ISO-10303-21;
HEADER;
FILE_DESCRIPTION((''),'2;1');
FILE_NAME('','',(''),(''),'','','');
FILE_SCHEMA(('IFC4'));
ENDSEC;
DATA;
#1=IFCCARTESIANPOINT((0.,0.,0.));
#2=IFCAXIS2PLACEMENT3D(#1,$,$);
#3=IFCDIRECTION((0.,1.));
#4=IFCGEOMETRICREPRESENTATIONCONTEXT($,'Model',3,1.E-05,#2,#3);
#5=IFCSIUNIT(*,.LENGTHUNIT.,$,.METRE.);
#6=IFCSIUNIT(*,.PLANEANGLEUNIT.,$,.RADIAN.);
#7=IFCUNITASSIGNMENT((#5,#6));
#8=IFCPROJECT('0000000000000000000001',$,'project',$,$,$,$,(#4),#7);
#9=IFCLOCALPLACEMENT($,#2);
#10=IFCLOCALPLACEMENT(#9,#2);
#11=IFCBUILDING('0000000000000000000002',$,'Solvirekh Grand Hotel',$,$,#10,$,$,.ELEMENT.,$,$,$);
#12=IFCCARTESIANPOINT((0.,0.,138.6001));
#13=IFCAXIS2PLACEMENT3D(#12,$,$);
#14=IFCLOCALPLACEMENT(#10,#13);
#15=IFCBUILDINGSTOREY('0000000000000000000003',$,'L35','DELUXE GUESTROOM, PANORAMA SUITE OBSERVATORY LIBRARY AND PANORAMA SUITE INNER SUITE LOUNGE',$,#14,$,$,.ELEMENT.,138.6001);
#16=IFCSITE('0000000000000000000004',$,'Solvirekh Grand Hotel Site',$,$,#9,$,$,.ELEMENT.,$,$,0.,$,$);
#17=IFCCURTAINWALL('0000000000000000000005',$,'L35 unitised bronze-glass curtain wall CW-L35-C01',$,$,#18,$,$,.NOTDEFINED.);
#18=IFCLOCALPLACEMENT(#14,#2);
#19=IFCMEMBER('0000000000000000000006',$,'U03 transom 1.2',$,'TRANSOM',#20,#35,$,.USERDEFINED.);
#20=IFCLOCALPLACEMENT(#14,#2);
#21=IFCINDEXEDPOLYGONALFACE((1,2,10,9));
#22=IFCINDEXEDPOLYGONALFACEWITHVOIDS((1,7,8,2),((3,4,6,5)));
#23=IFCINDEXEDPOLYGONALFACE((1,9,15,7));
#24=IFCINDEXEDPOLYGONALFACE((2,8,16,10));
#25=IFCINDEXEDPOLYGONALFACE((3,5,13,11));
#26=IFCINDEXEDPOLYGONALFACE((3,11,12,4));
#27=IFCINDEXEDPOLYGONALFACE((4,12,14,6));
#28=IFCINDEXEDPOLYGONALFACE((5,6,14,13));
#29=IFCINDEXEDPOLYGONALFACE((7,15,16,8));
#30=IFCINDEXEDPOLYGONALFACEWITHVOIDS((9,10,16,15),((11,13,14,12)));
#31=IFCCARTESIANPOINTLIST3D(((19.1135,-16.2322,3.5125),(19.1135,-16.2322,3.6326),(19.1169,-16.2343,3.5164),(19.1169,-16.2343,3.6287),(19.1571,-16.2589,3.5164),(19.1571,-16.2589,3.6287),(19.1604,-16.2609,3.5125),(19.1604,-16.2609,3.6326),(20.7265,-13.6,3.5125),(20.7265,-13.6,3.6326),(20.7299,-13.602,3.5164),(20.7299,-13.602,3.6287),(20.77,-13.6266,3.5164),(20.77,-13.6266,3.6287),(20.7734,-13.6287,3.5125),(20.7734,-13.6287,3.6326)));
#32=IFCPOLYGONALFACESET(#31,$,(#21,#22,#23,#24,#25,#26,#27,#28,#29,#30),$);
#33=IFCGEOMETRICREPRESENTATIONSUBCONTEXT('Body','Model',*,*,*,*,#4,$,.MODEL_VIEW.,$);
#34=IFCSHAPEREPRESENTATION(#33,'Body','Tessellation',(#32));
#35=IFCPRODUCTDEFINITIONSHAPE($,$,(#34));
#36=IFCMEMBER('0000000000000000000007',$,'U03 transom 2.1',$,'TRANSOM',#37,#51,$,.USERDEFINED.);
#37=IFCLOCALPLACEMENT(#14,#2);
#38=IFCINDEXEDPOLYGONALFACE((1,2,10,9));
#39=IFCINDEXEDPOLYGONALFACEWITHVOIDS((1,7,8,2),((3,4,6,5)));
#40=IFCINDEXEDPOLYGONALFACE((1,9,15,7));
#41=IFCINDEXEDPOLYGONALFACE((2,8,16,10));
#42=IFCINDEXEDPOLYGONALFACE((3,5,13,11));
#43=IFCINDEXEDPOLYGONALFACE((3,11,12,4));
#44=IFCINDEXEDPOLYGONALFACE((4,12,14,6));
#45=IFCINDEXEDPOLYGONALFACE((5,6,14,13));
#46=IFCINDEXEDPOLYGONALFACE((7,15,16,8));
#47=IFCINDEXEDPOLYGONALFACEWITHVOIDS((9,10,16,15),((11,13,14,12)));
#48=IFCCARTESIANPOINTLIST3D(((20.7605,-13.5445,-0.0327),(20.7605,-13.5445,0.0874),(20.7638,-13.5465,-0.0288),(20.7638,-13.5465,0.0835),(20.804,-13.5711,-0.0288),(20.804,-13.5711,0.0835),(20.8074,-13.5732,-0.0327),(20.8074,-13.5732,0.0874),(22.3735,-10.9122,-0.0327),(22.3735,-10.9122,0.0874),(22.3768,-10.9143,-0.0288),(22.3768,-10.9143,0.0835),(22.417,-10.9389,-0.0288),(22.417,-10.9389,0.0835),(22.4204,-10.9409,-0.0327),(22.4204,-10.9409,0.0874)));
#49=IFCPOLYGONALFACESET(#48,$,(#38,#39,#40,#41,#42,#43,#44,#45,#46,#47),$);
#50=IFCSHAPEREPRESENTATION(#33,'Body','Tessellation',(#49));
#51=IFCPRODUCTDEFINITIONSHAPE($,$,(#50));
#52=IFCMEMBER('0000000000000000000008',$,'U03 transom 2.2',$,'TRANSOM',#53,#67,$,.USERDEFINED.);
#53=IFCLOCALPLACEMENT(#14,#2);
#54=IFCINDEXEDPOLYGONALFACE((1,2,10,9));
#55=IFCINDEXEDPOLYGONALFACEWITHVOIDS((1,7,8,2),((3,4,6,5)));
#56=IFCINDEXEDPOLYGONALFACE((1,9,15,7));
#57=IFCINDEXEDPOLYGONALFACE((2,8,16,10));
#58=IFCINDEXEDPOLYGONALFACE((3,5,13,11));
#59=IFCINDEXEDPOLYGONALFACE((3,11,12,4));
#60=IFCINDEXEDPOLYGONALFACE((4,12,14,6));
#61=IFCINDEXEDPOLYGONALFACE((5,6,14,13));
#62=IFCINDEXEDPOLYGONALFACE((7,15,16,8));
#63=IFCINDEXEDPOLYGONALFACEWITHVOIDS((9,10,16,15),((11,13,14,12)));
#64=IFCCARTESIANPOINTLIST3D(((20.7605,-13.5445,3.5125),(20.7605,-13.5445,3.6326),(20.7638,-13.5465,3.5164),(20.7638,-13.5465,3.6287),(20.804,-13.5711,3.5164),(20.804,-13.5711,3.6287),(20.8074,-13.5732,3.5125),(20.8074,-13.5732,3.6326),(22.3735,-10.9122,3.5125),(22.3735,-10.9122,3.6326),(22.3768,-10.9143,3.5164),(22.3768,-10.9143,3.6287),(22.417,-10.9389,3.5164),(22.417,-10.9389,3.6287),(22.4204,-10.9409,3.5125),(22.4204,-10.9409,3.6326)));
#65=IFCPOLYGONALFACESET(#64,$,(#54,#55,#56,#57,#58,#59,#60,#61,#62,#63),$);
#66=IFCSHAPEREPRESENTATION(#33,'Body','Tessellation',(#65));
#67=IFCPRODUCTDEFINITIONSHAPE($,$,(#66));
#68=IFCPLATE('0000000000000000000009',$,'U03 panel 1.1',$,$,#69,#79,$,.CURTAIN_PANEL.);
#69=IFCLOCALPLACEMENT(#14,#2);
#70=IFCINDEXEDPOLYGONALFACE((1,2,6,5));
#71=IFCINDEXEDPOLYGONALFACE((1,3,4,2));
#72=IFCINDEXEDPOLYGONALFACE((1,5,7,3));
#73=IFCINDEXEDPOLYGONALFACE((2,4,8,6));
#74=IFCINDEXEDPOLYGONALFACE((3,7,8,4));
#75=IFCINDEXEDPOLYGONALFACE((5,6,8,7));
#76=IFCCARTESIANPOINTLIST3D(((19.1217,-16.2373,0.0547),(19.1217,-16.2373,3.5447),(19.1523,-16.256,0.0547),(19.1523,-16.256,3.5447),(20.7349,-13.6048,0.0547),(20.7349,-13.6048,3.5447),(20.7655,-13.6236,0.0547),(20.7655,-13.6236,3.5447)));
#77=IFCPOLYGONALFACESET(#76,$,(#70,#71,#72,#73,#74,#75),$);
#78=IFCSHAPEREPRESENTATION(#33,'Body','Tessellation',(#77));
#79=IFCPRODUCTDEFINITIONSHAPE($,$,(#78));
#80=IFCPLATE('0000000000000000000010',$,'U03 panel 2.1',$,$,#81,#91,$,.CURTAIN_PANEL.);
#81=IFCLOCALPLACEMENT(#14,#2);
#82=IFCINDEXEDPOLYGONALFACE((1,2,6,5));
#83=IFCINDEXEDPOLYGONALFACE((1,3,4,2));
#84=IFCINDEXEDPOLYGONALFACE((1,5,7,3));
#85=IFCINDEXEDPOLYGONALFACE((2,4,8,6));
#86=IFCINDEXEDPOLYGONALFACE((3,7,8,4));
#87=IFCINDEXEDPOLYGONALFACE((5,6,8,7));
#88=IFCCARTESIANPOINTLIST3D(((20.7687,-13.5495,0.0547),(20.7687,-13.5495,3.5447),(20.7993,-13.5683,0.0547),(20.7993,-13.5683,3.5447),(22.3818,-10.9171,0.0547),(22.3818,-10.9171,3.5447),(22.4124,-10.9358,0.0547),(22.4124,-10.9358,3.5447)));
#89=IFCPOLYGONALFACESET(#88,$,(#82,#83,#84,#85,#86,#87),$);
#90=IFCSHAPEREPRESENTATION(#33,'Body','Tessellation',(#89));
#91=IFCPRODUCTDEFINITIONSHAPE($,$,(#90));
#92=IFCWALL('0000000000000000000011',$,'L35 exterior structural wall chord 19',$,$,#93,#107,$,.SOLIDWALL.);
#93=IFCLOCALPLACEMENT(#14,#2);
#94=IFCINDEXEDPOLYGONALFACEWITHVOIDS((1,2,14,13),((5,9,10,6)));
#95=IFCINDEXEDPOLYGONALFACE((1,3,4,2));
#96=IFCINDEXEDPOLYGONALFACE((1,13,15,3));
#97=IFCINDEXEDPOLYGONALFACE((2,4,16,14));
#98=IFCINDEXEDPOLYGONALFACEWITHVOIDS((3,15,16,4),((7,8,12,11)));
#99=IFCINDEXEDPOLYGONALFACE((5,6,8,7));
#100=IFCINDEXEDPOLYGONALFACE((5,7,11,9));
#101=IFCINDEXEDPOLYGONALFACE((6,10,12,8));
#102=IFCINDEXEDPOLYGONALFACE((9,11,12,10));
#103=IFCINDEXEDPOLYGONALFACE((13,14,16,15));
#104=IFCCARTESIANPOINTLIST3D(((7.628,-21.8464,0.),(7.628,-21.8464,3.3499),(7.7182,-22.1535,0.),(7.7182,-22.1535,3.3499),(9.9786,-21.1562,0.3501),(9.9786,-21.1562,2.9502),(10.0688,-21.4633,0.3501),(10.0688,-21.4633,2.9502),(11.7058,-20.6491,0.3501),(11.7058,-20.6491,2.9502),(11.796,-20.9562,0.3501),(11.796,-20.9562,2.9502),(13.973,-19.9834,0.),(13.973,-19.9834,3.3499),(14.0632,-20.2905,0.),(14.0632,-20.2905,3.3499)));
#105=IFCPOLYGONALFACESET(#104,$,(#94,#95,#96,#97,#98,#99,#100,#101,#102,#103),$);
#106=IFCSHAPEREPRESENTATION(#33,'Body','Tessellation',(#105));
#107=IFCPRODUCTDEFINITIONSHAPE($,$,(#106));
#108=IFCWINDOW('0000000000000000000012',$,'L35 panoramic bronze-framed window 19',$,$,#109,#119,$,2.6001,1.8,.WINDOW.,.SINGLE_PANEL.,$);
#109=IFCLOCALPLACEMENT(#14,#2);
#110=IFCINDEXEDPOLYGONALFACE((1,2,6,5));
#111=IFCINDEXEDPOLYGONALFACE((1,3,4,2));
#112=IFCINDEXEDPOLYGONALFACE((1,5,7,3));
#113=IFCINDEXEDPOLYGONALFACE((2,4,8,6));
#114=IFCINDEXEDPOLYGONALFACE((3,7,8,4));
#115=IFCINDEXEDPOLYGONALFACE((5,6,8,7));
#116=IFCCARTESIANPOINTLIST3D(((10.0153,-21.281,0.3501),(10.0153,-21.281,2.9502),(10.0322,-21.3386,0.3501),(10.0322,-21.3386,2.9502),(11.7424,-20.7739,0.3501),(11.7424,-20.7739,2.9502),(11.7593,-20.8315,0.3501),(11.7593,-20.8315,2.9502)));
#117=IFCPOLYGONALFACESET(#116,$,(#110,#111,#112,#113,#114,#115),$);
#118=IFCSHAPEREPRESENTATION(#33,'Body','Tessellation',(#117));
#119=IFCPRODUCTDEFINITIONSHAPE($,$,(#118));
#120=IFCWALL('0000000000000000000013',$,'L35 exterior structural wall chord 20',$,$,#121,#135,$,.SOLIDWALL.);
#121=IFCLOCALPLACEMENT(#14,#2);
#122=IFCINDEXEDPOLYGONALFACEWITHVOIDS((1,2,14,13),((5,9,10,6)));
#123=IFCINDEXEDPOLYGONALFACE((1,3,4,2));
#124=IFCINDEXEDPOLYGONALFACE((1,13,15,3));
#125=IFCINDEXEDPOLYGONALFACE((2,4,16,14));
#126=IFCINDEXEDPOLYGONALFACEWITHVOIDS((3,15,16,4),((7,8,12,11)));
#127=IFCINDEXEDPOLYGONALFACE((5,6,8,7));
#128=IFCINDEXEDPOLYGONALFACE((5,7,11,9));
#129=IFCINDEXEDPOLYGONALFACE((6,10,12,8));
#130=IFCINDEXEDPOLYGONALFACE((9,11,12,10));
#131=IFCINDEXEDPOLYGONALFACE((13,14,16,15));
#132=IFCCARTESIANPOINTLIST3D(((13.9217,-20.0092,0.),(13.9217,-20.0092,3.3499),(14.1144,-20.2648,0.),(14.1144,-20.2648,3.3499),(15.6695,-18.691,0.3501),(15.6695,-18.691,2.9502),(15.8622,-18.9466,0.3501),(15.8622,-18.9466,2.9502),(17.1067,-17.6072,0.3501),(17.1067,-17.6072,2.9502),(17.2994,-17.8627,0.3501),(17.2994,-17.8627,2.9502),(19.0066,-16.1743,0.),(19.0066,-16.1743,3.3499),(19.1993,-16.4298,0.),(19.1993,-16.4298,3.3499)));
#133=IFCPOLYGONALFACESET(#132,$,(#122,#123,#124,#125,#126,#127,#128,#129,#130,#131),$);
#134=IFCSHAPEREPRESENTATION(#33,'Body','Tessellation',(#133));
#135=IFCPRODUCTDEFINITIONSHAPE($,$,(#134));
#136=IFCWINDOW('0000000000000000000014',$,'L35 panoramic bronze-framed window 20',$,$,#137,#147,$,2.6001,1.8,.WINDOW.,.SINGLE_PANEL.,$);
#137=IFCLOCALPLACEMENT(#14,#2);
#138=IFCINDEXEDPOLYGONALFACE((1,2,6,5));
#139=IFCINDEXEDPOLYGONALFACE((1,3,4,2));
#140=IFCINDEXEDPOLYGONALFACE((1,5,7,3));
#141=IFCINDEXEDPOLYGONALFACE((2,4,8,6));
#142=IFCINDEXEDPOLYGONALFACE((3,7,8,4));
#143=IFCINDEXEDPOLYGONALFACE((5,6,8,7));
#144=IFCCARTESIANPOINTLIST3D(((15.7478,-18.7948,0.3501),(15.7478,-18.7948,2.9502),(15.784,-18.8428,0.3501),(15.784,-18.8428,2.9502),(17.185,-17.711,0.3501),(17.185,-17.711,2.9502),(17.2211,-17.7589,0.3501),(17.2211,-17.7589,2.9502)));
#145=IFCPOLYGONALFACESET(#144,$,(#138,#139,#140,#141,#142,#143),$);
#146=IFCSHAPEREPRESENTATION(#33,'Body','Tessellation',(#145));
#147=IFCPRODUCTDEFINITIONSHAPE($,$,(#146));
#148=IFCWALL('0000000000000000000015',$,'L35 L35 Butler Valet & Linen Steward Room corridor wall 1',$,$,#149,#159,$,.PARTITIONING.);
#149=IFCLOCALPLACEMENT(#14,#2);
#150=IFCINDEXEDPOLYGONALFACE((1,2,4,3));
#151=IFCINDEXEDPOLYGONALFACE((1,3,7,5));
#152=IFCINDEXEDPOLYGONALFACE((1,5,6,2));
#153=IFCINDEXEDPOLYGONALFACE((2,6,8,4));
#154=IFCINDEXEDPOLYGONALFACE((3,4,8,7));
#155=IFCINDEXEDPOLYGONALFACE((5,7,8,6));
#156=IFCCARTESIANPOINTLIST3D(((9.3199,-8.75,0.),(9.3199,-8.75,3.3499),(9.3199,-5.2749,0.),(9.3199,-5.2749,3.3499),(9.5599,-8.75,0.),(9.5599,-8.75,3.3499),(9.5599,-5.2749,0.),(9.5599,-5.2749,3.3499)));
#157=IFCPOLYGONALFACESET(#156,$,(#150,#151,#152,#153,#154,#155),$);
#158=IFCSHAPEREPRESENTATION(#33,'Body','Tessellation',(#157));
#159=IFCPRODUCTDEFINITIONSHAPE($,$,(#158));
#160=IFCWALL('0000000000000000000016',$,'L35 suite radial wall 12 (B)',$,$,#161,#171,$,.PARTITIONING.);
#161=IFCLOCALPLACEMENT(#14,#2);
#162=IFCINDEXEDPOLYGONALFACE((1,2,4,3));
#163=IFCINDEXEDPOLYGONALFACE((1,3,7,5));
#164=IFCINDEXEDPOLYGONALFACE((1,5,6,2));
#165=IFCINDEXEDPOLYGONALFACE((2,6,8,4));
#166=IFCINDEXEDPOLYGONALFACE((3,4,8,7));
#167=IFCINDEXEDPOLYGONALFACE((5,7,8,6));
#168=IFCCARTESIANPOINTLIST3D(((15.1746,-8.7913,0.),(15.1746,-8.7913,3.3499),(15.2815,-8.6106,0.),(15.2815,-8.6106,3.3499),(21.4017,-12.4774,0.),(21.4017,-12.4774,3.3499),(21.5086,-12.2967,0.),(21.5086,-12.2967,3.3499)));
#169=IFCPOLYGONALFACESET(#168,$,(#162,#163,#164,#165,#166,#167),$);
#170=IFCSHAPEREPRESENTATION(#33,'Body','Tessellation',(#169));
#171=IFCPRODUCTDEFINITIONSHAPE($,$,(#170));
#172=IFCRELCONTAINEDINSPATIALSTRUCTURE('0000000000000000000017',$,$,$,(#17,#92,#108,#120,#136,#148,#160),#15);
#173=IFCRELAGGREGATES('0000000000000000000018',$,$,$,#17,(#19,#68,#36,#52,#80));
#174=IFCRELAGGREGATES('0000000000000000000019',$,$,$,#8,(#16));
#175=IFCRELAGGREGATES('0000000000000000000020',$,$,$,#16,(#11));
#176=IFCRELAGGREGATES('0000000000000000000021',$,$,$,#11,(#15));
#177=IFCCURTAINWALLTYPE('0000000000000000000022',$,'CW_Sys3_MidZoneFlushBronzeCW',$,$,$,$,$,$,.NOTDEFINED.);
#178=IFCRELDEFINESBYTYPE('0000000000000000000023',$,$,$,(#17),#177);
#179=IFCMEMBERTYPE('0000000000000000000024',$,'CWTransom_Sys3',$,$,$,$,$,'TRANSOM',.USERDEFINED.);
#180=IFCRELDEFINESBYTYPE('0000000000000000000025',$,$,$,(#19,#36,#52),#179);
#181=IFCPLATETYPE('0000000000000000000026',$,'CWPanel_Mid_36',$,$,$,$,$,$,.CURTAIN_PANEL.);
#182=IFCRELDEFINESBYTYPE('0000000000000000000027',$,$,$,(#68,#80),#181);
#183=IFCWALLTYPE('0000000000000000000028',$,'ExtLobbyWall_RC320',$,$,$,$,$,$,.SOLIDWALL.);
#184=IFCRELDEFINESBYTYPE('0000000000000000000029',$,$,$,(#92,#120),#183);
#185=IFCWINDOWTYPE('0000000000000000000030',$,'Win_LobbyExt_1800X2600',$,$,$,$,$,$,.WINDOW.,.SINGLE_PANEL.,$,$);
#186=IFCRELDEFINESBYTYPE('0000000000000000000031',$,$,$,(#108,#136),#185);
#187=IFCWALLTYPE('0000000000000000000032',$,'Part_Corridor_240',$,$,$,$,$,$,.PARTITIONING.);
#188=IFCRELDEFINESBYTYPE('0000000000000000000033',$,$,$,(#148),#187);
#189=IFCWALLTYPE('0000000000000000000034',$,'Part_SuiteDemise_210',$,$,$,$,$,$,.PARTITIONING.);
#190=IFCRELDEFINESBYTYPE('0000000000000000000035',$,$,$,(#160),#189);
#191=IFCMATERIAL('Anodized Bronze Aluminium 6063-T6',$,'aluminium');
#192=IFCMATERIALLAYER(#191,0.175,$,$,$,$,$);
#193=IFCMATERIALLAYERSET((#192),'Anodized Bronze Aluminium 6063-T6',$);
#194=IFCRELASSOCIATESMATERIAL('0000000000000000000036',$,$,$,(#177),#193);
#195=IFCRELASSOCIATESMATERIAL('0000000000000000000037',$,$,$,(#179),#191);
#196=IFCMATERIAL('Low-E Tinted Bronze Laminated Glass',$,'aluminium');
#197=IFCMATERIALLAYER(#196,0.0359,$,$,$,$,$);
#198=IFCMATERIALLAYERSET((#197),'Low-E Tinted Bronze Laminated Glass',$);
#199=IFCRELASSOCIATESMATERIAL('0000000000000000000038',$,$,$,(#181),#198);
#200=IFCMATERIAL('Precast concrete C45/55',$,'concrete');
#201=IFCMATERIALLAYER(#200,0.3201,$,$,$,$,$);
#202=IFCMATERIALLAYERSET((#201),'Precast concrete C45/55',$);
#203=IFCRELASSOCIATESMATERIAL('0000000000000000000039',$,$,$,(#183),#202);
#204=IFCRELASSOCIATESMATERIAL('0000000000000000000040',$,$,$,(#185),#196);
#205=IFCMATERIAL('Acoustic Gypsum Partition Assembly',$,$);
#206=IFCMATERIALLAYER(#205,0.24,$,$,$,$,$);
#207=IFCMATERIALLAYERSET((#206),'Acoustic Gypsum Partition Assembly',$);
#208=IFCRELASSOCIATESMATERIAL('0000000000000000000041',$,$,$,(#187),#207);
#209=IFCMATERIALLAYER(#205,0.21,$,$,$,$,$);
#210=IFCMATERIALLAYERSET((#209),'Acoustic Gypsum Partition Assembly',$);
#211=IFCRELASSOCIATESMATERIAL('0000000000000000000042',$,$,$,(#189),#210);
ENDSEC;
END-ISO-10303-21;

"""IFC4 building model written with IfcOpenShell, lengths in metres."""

from ifc_helpers import new_model, si_unit, direction, frame, frame_2d, origin, origin_2d, place, context, subcontext, project, spatial, rectangle, hollow_rectangle, extrude, source, transform, mapped, material, layer, layer_set, material_profile, profile_set, type_object, element, fill, aggregate, save


model = new_model("IFC4")

# Units and contexts
model_context = context("Model", 3, precision=1e-05, world=origin(), true_north=direction((0.0, 1.0)))
body_context = subcontext(model_context, "Body", "Model", "MODEL_VIEW")
ifc_project = project(units=[si_unit("LENGTHUNIT", "METRE"), si_unit("PLANEANGLEUNIT", "RADIAN")], contexts=[model_context])

# Site, building, storey
site_placement = place(None, origin())
site = spatial("IfcSite", under=ifc_project, at=site_placement, Name="Solvirekh Grand Hotel Site", CompositionType="ELEMENT", RefElevation=0.0)
building_placement = place(site_placement, origin())
building = spatial("IfcBuilding", under=site, at=building_placement, Name="Solvirekh Grand Hotel", CompositionType="ELEMENT")
storey_placement = place(building_placement, frame((0.0, 0.0, 138.6001)))
storey = spatial("IfcBuildingStorey", under=building, at=storey_placement, Name="L35", Description="DELUXE GUESTROOM, PANORAMA SUITE OBSERVATORY LIBRARY AND PANORAMA SUITE INNER SUITE LOUNGE", CompositionType="ELEMENT", Elevation=138.6001)

# Curtain wall
ifc_material_1 = material(Name="Anodized Bronze Aluminium 6063-T6", Category="aluminium")
ifc_layer_1 = layer(ifc_material_1, 0.175)
ifc_layer_set_1 = layer_set([ifc_layer_1], Name="Anodized Bronze Aluminium 6063-T6")
curtain_wall_type = type_object("IfcCurtainWallType", Name="CW_Sys3_MidZoneFlushBronzeCW", PredefinedType="NOTDEFINED", material=ifc_layer_set_1)
curtain_wall_1_placement = place(storey_placement, origin())
curtain_wall_1 = element("IfcCurtainWall", 1, at=curtain_wall_1_placement, inside=storey, type_object=curtain_wall_type, Name="L35 unitised bronze-glass curtain wall CW-L35-C01", PredefinedType="NOTDEFINED")

# Members
ifc_material_profile_1 = material_profile(ifc_material_1, hollow_rectangle(XDim=0.0549, YDim=0.1201, WallThickness=0.0039, at=origin_2d()), Name="ALU RHS 120X55X4")
ifc_profile_set_1 = profile_set([ifc_material_profile_1], Name="Anodized Bronze Aluminium 6063-T6")
member_type_1 = type_object("IfcMemberType", Name="CWTransom_Sys3", ElementType="TRANSOM", PredefinedType="USERDEFINED", material=ifc_profile_set_1)
shared_shape_1 = source(origin(), body_context, "Body", "SweptSolid", [
    extrude(hollow_rectangle(XDim=0.0549, YDim=0.1201, WallThickness=0.0039, at=origin_2d()), origin(), (0.0, 0.0, 1.0), 3.0872),
])
member_1_placement = place(storey_placement, frame((19.137, -16.2466, 3.5725), z_axis=(0.522486, 0.852648, 0.0), x_axis=(-0.852648, 0.522486, 0.0)))
member_1 = element("IfcMember", 2, at=member_1_placement, type_object=member_type_1, Name="U03 transom 1.2", ObjectType="TRANSOM", PredefinedType="USERDEFINED", context=body_context, shape_type="MappedRepresentation", body=[
    mapped(shared_shape_1, transform((0.0, 0.0, 0.0), x_axis=(1.0, 0.0, 0.0), y_axis=(0.0, 1.0, 0.0), z_axis=(0.0, 0.0, 1.0), scale=1.0)),
])
member_2_placement = place(storey_placement, frame((20.7839, -13.5588, 0.0273), z_axis=(0.522486, 0.852648, 0.0), x_axis=(-0.852648, 0.522486, 0.0)))
member_2 = element("IfcMember", 3, at=member_2_placement, type_object=member_type_1, Name="U03 transom 2.1", ObjectType="TRANSOM", PredefinedType="USERDEFINED", context=body_context, shape_type="MappedRepresentation", body=[
    mapped(shared_shape_1, transform((0.0, 0.0, 0.0), x_axis=(1.0, 0.0, 0.0), y_axis=(0.0, 1.0, 0.0), z_axis=(0.0, 0.0, 1.0), scale=1.0)),
])
member_3_placement = place(storey_placement, frame((20.7839, -13.5588, 3.5725), z_axis=(0.522486, 0.852648, 0.0), x_axis=(-0.852648, 0.522486, 0.0)))
member_3 = element("IfcMember", 4, at=member_3_placement, type_object=member_type_1, Name="U03 transom 2.2", ObjectType="TRANSOM", PredefinedType="USERDEFINED", context=body_context, shape_type="MappedRepresentation", body=[
    mapped(shared_shape_1, transform((0.0, 0.0, 0.0), x_axis=(1.0, 0.0, 0.0), y_axis=(0.0, 1.0, 0.0), z_axis=(0.0, 0.0, 1.0), scale=1.0)),
])

# Plates
ifc_material_2 = material(Name="Low-E Tinted Bronze Laminated Glass", Category="aluminium")
ifc_layer_2 = layer(ifc_material_2, 0.0359)
ifc_layer_set_2 = layer_set([ifc_layer_2], Name="Low-E Tinted Bronze Laminated Glass")
plate_type = type_object("IfcPlateType", Name="CWPanel_Mid_36", PredefinedType="CURTAIN_PANEL", material=ifc_layer_set_2)
shared_shape_2 = source(origin(), body_context, "Body", "SweptSolid", [
    extrude(rectangle(XDim=3.0874, YDim=0.0359, at=origin_2d()), origin(), (0.0, 0.0, 1.0), 3.49),
])
plate_1_placement = place(storey_placement, frame((19.9436, -14.9304, 0.0547), z_axis=(0.0, 0.0, 1.0), x_axis=(0.522485, 0.852649, 0.0)))
plate_1 = element("IfcPlate", 5, at=plate_1_placement, type_object=plate_type, Name="U03 panel 1.1", PredefinedType="CURTAIN_PANEL", context=body_context, shape_type="MappedRepresentation", body=[
    mapped(shared_shape_2, transform((0.0, 0.0, 0.0), x_axis=(1.0, 0.0, 0.0), y_axis=(0.0, 1.0, 0.0), z_axis=(0.0, 0.0, 1.0), scale=1.0)),
])
plate_2_placement = place(storey_placement, frame((21.5906, -12.2427, 0.0547), z_axis=(0.0, 0.0, 1.0), x_axis=(0.522485, 0.852649, 0.0)))
plate_2 = element("IfcPlate", 6, at=plate_2_placement, type_object=plate_type, Name="U03 panel 2.1", PredefinedType="CURTAIN_PANEL", context=body_context, shape_type="MappedRepresentation", body=[
    mapped(shared_shape_2, transform((0.0, 0.0, 0.0), x_axis=(1.0, 0.0, 0.0), y_axis=(0.0, 1.0, 0.0), z_axis=(0.0, 0.0, 1.0), scale=1.0)),
])
aggregate(curtain_wall_1, [member_1, plate_1, member_2, member_3, plate_2])

# Walls, openings, windows
ifc_material_3 = material(Name="Precast concrete C45/55", Category="concrete")
ifc_layer_3 = layer(ifc_material_3, 0.3201)
ifc_layer_set_3 = layer_set([ifc_layer_3], Name="Precast concrete C45/55")
wall_type_1 = type_object("IfcWallType", Name="ExtLobbyWall_RC320", PredefinedType="SOLIDWALL", material=ifc_layer_set_3)
wall_1_placement = place(storey_placement, frame((14.0181, -20.137, 0.0), z_axis=(0.0, 0.0, 1.0), x_axis=(-0.959494, -0.281731, 0.0)))
wall_1 = element("IfcWall", 7, at=wall_1_placement, inside=storey, type_object=wall_type_1, Name="L35 exterior structural wall chord 19", PredefinedType="SOLIDWALL", context=body_context, shape_type="SweptSolid", body=[
    extrude(rectangle(XDim=6.6128, YDim=0.3201, at=frame_2d((3.3064, 0.0))), origin(), (0.0, 0.0, 1.0), 3.3499),
])
opening_1_placement = place(wall_1_placement, frame((2.363, 0.0, 0.3501)))
opening_1 = element("IfcOpeningElement", 8, at=opening_1_placement, cuts=wall_1, PredefinedType="OPENING", context=body_context, shape_type="SweptSolid", body=[
    extrude(rectangle(XDim=1.8, YDim=2.6001, at=frame_2d((0.8999, 1.3))), frame((0.0, 0.1699, 0.0), z_axis=(0.0, -1.0, 0.0), x_axis=(1.0, 0.0, 0.0)), (0.0, 0.0, 1.0), 0.3401),
])
window_type = type_object("IfcWindowType", Name="Win_LobbyExt_1800X2600", PartitioningType="SINGLE_PANEL", PredefinedType="WINDOW", material=ifc_material_2)
window_1_placement = place(opening_1_placement, origin())
window_1 = element("IfcWindow", 9, at=window_1_placement, inside=storey, type_object=window_type, Name="L35 panoramic bronze-framed window 19", OverallHeight=2.6001, OverallWidth=1.8, PartitioningType="SINGLE_PANEL", PredefinedType="WINDOW", context=body_context, shape_type="SweptSolid", body=[
    extrude(rectangle(XDim=1.8, YDim=2.6001, at=frame_2d((0.8999, 1.3))), frame((0.0, 0.03, 0.0), z_axis=(0.0, -1.0, 0.0), x_axis=(1.0, 0.0, 0.0)), (0.0, 0.0, 1.0), 0.0601),
])
fill(opening_1, window_1)
wall_2_placement = place(storey_placement, frame((19.103, -16.302, 0.0), z_axis=(0.0, 0.0, 1.0), x_axis=(-0.798396, -0.602132, 0.0)))
wall_2 = element("IfcWall", 10, at=wall_2_placement, inside=storey, type_object=wall_type_1, Name="L35 exterior structural wall chord 20", PredefinedType="SOLIDWALL", context=body_context, shape_type="SweptSolid", body=[
    extrude(rectangle(XDim=6.3689, YDim=0.3201, at=frame_2d((3.1846, 0.0))), origin(), (0.0, 0.0, 1.0), 3.3499),
])
opening_2_placement = place(wall_2_placement, frame((2.3799, 0.0, 0.3501)))
opening_2 = element("IfcOpeningElement", 11, at=opening_2_placement, cuts=wall_2, PredefinedType="OPENING", context=body_context, shape_type="SweptSolid", body=[
    extrude(rectangle(XDim=1.8, YDim=2.6001, at=frame_2d((0.8999, 1.3))), frame((0.0, 0.1699, 0.0), z_axis=(0.0, -1.0, 0.0), x_axis=(1.0, 0.0, 0.0)), (0.0, 0.0, 1.0), 0.3401),
])
window_2_placement = place(opening_2_placement, origin())
window_2 = element("IfcWindow", 12, at=window_2_placement, inside=storey, type_object=window_type, Name="L35 panoramic bronze-framed window 20", OverallHeight=2.6001, OverallWidth=1.8, PartitioningType="SINGLE_PANEL", PredefinedType="WINDOW", context=body_context, shape_type="SweptSolid", body=[
    extrude(rectangle(XDim=1.8, YDim=2.6001, at=frame_2d((0.8999, 1.3))), frame((0.0, 0.03, 0.0), z_axis=(0.0, -1.0, 0.0), x_axis=(1.0, 0.0, 0.0)), (0.0, 0.0, 1.0), 0.0601),
])
fill(opening_2, window_2)

# Walls
ifc_material_4 = material(Name="Acoustic Gypsum Partition Assembly")
ifc_layer_4 = layer(ifc_material_4, 0.24)
ifc_layer_set_4 = layer_set([ifc_layer_4], Name="Acoustic Gypsum Partition Assembly")
wall_type_2 = type_object("IfcWallType", Name="Part_Corridor_240", PredefinedType="PARTITIONING", material=ifc_layer_set_4)
wall_3_placement = place(storey_placement, frame((9.4399, -8.75, 0.0), z_axis=(0.0, 0.0, 1.0), x_axis=(0.0, 1.0, 0.0)))
element("IfcWall", 13, at=wall_3_placement, inside=storey, type_object=wall_type_2, Name="L35 L35 Butler Valet & Linen Steward Room corridor wall 1", PredefinedType="PARTITIONING", context=body_context, shape_type="SweptSolid", body=[
    extrude(rectangle(XDim=3.4751, YDim=0.24, at=frame_2d((1.7375, 0.0))), origin(), (0.0, 0.0, 1.0), 3.3499),
])
ifc_layer_5 = layer(ifc_material_4, 0.21)
ifc_layer_set_5 = layer_set([ifc_layer_5], Name="Acoustic Gypsum Partition Assembly")
wall_type_3 = type_object("IfcWallType", Name="Part_SuiteDemise_210", PredefinedType="PARTITIONING", material=ifc_layer_set_5)
wall_4_placement = place(storey_placement, frame((15.228, -8.7009, 0.0), z_axis=(0.0, 0.0, 1.0), x_axis=(0.860538, -0.509386, 0.0)))
element("IfcWall", 14, at=wall_4_placement, inside=storey, type_object=wall_type_3, Name="L35 suite radial wall 12 (B)", PredefinedType="PARTITIONING", context=body_context, shape_type="SweptSolid", body=[
    extrude(rectangle(XDim=7.2363, YDim=0.21, at=frame_2d((3.6182, 0.0))), origin(), (0.0, 0.0, 1.0), 3.3499),
])

save(model, "model.ifc")
